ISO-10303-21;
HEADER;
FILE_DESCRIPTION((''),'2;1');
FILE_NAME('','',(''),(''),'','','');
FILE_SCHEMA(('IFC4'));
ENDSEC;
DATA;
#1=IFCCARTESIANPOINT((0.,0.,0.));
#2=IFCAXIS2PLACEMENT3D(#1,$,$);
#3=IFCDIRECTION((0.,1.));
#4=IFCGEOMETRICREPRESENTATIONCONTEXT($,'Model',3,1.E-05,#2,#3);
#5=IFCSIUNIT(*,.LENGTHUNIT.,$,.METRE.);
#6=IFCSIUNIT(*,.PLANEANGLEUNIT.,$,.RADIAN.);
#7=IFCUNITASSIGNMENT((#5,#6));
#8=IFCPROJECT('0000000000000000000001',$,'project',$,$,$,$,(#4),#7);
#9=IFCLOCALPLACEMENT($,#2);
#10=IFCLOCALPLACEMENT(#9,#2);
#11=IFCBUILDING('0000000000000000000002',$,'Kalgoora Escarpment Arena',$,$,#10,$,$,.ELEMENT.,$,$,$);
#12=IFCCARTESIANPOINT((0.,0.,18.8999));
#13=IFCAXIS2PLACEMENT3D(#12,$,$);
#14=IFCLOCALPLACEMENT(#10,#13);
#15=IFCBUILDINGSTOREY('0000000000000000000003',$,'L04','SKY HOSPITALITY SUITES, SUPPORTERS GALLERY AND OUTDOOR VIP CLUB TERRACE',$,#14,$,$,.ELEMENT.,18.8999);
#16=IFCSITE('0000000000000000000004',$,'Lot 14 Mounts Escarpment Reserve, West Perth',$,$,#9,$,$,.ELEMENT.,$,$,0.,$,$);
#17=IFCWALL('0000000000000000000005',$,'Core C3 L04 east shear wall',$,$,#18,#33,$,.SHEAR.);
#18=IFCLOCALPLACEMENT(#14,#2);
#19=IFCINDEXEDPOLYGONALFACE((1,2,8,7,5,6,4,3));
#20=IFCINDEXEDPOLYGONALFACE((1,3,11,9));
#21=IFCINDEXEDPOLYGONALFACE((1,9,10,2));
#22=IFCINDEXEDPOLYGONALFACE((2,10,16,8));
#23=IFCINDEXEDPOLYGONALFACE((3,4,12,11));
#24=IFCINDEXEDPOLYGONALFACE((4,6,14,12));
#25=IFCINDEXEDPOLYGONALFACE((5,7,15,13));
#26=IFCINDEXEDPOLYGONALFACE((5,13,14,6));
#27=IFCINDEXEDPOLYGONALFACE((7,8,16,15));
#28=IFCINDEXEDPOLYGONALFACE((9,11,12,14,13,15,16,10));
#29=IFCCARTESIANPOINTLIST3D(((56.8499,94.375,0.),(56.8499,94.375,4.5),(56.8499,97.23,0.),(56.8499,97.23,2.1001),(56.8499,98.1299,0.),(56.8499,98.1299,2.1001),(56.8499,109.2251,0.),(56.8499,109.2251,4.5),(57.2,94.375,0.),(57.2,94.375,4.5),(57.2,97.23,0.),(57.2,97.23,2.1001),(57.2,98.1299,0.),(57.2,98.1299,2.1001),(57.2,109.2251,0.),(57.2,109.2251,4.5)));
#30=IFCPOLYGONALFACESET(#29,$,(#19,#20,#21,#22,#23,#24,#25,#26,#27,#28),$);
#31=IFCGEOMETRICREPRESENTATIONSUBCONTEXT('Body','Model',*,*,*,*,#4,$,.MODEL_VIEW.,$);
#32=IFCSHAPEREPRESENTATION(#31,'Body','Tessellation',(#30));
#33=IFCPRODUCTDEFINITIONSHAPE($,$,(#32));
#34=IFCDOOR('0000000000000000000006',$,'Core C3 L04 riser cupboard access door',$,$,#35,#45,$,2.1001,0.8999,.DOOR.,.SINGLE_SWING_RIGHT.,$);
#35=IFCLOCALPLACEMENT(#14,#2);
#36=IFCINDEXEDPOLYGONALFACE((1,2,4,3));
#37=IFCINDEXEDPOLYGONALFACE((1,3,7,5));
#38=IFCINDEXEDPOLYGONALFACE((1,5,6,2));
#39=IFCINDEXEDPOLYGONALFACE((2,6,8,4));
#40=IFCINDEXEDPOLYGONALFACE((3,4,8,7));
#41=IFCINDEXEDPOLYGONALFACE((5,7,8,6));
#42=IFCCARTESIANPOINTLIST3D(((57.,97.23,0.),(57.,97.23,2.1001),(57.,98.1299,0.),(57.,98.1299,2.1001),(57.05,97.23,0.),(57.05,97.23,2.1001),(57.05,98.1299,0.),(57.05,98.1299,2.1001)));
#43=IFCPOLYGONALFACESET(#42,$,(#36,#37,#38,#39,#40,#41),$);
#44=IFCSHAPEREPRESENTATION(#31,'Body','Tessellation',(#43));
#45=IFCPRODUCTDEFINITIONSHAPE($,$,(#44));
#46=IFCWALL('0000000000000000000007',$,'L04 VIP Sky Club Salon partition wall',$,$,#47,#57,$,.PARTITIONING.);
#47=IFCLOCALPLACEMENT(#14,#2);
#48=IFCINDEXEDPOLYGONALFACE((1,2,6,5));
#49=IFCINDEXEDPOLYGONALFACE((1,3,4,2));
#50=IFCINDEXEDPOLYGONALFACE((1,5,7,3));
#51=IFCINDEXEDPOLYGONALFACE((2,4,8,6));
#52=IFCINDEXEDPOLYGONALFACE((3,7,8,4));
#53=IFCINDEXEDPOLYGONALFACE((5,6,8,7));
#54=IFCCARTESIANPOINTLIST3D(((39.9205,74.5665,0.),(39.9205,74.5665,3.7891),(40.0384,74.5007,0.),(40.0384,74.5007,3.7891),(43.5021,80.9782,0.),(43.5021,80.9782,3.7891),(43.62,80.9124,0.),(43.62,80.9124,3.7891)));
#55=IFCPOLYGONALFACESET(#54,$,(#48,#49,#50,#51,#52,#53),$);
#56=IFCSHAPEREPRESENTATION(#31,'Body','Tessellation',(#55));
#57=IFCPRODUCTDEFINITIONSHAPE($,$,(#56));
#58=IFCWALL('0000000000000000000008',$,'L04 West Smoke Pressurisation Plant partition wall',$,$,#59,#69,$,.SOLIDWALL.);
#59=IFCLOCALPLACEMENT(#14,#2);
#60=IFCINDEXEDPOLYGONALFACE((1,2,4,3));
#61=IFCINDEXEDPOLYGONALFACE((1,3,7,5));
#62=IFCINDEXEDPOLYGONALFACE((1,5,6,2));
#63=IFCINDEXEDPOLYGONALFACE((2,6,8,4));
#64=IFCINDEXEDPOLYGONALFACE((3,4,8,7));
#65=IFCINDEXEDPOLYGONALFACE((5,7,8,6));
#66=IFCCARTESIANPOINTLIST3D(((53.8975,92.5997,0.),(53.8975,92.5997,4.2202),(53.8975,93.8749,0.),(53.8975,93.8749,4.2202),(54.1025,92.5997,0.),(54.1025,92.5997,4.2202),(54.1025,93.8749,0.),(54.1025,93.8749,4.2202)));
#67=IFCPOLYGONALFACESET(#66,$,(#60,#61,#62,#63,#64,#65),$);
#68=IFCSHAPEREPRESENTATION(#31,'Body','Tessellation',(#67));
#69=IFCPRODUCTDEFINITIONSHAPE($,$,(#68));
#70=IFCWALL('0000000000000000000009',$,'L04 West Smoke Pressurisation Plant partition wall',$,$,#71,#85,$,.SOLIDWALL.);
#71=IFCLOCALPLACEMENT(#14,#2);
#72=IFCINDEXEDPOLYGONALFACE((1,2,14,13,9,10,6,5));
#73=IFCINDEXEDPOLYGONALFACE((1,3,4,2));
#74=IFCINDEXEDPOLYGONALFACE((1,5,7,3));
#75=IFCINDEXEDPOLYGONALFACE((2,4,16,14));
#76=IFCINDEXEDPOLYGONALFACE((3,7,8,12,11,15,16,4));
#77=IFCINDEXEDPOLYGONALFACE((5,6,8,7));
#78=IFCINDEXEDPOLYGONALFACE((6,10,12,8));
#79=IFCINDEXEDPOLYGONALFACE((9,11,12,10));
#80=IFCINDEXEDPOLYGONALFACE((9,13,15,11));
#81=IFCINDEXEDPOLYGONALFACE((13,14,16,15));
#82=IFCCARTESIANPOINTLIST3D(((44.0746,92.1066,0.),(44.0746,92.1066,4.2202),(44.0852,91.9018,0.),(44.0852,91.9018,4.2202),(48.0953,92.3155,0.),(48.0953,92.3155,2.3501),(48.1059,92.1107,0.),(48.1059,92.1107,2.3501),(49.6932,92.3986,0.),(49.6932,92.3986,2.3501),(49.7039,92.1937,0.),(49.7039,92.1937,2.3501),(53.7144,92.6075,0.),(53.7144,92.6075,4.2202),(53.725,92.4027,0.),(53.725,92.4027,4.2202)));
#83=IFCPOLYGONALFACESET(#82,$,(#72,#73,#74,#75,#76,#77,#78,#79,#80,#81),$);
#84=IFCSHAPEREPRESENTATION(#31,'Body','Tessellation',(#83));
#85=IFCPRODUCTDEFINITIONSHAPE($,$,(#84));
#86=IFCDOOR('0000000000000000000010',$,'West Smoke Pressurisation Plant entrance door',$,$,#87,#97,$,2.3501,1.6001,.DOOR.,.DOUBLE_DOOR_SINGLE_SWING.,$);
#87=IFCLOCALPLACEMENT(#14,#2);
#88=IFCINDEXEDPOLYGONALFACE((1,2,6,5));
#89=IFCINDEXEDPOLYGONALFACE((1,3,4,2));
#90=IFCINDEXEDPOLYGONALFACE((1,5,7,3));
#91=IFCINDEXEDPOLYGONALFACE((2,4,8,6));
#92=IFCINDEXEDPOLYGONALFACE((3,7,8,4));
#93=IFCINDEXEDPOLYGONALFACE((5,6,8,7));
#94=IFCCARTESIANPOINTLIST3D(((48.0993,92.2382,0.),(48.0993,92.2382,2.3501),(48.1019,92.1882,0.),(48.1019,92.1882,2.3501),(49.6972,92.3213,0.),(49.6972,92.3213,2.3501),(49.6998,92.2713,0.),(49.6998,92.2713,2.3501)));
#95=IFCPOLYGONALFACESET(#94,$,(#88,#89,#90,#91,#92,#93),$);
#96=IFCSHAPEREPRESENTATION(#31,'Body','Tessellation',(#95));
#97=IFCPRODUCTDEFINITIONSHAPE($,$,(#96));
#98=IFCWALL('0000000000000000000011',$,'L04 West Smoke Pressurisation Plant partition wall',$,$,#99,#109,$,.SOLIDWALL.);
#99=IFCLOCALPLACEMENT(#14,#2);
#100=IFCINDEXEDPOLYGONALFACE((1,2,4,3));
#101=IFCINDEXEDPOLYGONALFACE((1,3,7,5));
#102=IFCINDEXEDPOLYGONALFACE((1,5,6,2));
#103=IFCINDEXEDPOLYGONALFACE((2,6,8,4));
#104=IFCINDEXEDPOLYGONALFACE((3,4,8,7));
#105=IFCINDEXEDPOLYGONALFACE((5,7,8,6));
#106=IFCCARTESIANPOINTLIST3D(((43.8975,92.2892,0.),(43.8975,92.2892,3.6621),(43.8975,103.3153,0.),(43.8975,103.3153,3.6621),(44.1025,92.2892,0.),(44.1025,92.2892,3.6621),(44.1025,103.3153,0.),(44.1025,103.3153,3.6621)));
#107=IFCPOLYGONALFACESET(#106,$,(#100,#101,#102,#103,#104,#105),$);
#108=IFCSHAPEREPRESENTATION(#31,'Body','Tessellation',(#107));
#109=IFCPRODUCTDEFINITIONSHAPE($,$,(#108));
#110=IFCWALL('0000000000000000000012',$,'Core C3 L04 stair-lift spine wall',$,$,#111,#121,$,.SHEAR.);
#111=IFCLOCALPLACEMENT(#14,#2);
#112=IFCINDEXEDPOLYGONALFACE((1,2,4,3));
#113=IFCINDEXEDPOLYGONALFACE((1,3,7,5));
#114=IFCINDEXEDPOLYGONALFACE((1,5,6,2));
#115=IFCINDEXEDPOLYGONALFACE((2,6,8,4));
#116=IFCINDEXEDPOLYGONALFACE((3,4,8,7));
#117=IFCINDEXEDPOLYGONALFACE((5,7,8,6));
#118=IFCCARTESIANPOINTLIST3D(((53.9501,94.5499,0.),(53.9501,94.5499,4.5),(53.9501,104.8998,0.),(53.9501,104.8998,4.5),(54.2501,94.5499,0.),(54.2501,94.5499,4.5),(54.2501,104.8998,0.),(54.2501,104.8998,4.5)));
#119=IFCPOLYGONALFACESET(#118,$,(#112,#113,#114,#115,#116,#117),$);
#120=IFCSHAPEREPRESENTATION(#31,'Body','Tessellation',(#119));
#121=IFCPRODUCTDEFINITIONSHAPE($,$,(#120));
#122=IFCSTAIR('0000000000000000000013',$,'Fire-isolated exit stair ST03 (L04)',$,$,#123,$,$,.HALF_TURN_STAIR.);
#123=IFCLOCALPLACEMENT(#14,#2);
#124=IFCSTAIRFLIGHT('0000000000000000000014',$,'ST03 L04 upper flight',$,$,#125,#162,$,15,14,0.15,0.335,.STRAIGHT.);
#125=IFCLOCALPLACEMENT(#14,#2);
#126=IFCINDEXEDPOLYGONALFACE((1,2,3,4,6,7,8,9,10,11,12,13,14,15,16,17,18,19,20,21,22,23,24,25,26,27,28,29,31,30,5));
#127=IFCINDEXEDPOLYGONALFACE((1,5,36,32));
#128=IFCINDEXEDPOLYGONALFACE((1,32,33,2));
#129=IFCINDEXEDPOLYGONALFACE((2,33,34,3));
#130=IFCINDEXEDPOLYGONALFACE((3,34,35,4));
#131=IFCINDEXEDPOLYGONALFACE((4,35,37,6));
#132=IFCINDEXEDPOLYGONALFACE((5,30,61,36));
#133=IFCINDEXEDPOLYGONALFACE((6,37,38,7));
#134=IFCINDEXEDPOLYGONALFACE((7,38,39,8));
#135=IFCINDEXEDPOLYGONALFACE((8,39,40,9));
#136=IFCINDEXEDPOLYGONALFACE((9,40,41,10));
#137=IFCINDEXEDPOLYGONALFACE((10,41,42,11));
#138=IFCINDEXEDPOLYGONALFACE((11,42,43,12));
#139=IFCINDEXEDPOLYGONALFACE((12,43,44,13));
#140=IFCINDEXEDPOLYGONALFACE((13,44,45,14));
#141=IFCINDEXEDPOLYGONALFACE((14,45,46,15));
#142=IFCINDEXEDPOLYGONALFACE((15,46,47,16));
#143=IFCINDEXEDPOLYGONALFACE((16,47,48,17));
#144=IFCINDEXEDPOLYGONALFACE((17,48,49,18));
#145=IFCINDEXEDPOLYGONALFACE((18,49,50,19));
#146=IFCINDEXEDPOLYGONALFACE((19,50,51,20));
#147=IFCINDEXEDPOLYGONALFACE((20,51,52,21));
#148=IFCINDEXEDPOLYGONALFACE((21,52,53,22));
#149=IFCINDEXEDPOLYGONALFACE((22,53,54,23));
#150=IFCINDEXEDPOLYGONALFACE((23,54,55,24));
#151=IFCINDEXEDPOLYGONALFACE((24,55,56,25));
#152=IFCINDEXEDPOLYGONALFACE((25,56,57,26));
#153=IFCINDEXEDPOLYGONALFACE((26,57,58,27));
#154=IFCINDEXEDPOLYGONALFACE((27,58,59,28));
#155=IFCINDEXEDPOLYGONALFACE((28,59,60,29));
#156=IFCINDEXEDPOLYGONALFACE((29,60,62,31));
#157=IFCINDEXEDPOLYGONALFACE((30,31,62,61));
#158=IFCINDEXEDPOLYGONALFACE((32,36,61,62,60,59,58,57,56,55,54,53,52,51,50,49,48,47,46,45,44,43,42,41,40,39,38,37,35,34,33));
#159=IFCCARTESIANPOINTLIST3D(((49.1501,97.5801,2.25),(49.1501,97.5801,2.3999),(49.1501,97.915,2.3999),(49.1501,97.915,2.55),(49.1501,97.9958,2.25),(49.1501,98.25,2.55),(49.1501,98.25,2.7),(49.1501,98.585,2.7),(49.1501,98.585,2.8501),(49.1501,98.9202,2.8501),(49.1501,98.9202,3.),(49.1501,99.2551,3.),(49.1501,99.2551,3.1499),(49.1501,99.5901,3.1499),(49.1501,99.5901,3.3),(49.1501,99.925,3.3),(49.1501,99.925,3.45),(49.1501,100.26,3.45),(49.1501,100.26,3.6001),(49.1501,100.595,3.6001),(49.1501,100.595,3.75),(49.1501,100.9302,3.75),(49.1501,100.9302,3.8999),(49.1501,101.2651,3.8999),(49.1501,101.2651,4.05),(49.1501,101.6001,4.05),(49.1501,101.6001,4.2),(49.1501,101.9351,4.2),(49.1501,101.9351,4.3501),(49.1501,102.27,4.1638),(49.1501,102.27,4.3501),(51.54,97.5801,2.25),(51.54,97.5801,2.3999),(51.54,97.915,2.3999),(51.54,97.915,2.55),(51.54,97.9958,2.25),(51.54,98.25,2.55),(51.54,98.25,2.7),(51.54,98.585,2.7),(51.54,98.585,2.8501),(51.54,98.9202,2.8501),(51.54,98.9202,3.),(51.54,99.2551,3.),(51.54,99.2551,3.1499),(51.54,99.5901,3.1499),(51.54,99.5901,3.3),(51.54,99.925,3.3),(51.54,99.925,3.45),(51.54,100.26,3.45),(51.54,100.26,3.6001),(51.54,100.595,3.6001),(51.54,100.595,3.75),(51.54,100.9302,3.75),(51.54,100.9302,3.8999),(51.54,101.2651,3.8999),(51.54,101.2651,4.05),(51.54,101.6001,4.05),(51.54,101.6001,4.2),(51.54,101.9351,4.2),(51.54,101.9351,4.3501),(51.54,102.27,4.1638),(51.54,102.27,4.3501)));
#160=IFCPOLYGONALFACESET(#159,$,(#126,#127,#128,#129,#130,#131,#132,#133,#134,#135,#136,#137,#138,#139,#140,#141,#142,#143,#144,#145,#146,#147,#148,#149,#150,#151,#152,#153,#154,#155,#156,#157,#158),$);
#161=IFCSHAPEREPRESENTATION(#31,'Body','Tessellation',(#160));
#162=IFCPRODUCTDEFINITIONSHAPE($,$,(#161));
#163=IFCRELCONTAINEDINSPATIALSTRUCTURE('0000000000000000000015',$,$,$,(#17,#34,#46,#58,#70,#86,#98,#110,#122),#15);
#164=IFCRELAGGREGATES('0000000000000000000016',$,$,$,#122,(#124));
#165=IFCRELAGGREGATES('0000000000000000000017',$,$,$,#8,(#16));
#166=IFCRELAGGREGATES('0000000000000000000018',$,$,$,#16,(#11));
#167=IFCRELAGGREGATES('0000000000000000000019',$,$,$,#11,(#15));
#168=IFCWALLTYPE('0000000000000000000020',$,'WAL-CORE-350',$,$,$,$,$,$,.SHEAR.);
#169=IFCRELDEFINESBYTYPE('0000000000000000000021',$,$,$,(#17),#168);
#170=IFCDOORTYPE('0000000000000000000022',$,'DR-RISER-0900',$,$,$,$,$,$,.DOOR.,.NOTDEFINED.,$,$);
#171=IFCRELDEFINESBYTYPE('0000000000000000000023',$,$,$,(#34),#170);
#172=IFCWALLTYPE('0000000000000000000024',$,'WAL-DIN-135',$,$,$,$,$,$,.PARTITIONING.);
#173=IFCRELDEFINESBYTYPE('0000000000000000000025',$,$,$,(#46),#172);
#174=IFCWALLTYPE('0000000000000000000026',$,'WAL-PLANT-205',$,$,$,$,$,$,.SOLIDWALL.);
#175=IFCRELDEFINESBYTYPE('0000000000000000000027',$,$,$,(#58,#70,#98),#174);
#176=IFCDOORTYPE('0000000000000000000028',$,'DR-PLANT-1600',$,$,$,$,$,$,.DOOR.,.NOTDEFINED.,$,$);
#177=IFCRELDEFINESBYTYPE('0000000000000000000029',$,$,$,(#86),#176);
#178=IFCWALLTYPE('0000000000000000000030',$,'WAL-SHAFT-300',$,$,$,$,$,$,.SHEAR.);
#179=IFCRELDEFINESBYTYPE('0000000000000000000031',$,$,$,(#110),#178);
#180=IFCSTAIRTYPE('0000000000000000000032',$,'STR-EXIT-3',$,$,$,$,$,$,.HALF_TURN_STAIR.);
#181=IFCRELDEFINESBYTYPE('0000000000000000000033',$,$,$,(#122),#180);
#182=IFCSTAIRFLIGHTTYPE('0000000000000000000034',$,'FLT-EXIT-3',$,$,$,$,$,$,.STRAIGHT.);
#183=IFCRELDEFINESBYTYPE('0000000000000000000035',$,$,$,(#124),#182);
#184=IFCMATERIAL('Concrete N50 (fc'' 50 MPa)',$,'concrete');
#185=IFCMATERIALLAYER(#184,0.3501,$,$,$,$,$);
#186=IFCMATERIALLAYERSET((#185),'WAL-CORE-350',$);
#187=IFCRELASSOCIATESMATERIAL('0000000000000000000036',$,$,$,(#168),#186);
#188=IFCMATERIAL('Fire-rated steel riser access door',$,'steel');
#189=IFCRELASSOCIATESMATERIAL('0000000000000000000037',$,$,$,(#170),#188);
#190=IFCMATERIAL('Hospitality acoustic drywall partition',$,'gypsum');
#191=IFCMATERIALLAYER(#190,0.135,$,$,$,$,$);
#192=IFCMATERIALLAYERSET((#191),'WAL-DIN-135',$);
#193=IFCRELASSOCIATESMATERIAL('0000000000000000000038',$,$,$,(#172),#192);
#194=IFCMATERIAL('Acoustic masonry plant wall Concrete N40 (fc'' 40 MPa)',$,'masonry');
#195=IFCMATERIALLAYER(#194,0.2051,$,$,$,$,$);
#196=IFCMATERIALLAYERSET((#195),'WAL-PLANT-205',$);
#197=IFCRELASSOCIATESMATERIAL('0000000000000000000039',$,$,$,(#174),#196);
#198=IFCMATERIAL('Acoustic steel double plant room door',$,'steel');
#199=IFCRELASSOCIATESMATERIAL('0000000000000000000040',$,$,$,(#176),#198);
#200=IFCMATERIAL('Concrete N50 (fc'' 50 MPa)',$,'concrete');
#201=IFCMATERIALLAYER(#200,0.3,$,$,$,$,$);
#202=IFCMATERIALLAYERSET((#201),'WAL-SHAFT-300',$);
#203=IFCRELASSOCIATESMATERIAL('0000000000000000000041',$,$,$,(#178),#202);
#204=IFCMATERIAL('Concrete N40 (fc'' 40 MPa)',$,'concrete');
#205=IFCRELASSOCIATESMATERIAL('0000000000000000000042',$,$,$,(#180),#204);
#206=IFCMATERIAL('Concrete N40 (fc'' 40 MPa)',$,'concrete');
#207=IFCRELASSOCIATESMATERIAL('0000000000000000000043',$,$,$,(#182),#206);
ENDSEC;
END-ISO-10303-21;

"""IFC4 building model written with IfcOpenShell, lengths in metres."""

from ifc_helpers import new_model, si_unit, direction, frame, frame_2d, origin, place, context, subcontext, project, spatial, polyline, rectangle, outline, extrude, material, layer, layer_set, type_object, element, fill, aggregate, save


model = new_model("IFC4")

# Units and contexts
model_context = context("Model", 3, precision=1e-05, world=origin(), true_north=direction((0.0, 1.0)))
body_context = subcontext(model_context, "Body", "Model", "MODEL_VIEW")
ifc_project = project(units=[si_unit("LENGTHUNIT", "METRE"), si_unit("PLANEANGLEUNIT", "RADIAN")], contexts=[model_context])

# Site, building, storey
site_placement = place(None, origin())
site = spatial("IfcSite", under=ifc_project, at=site_placement, Name="Lot 14 Mounts Escarpment Reserve, West Perth", CompositionType="ELEMENT", RefElevation=0.0)
building_placement = place(site_placement, origin())
building = spatial("IfcBuilding", under=site, at=building_placement, Name="Kalgoora Escarpment Arena", CompositionType="ELEMENT")
storey_placement = place(building_placement, frame((0.0, 0.0, 18.8999)))
storey = spatial("IfcBuildingStorey", under=building, at=storey_placement, Name="L04", Description="SKY HOSPITALITY SUITES, SUPPORTERS GALLERY AND OUTDOOR VIP CLUB TERRACE", CompositionType="ELEMENT", Elevation=18.8999)

# Shared definitions
ifc_material_1 = material(Name="Concrete N50 (fc' 50 MPa)", Category="concrete")
ifc_layer_1 = layer(ifc_material_1, 0.3501)
ifc_layer_set_1 = layer_set([ifc_layer_1], Name="WAL-CORE-350")
wall_type_1 = type_object("IfcWallType", Name="WAL-CORE-350", PredefinedType="SHEAR", material=ifc_layer_set_1)

# Wall, opening, door
wall_1_placement = place(storey_placement, frame((57.0249, 94.375, 0.0), z_axis=(0.0, 0.0, 1.0), x_axis=(0.0, 1.0, 0.0)))
wall_1 = element("IfcWall", 1, at=wall_1_placement, inside=storey, type_object=wall_type_1, Name="Core C3 L04 east shear wall", PredefinedType="SHEAR", context=body_context, shape_type="SweptSolid", body=[
    extrude(rectangle(XDim=14.8501, YDim=0.3501, at=frame_2d((7.425, 0.0))), origin(), (0.0, 0.0, 1.0), 4.5),
])
opening_1_placement = place(wall_1_placement, frame((2.855, 0.0, 0.0)))
opening_1 = element("IfcOpeningElement", 2, at=opening_1_placement, cuts=wall_1, PredefinedType="OPENING", context=body_context, shape_type="SweptSolid", body=[
    extrude(rectangle(XDim=0.8999, YDim=2.1001, at=frame_2d((0.45, 1.05))), frame((0.0, 0.1851, 0.0), z_axis=(0.0, -1.0, 0.0), x_axis=(1.0, 0.0, 0.0)), (0.0, 0.0, 1.0), 0.3701),
])
ifc_material_2 = material(Name="Fire-rated steel riser access door", Category="steel")
door_type_1 = type_object("IfcDoorType", Name="DR-RISER-0900", OperationType="NOTDEFINED", PredefinedType="DOOR", material=ifc_material_2)
door_1_placement = place(opening_1_placement, origin())
door_1 = element("IfcDoor", 3, at=door_1_placement, inside=storey, type_object=door_type_1, Name="Core C3 L04 riser cupboard access door", OperationType="SINGLE_SWING_RIGHT", OverallHeight=2.1001, OverallWidth=0.8999, PredefinedType="DOOR", context=body_context, shape_type="SweptSolid", body=[
    extrude(rectangle(XDim=0.8999, YDim=2.1001, at=frame_2d((0.45, 1.05))), frame((0.0, 0.0249, 0.0), z_axis=(0.0, -1.0, 0.0), x_axis=(1.0, 0.0, 0.0)), (0.0, 0.0, 1.0), 0.05),
])
fill(opening_1, door_1)

# Wall
ifc_material_3 = material(Name="Hospitality acoustic drywall partition", Category="gypsum")
ifc_layer_2 = layer(ifc_material_3, 0.135)
ifc_layer_set_2 = layer_set([ifc_layer_2], Name="WAL-DIN-135")
wall_type_2 = type_object("IfcWallType", Name="WAL-DIN-135", PredefinedType="PARTITIONING", material=ifc_layer_set_2)
wall_2_placement = place(storey_placement, frame((43.561, 80.9453, 0.0), z_axis=(0.0, 0.0, 1.0), x_axis=(-0.487674, -0.873026, 0.0)))
element("IfcWall", 4, at=wall_2_placement, inside=storey, type_object=wall_type_2, Name="L04 VIP Sky Club Salon partition wall", PredefinedType="PARTITIONING", context=body_context, shape_type="SweptSolid", body=[
    extrude(rectangle(XDim=7.3442, YDim=0.135, at=frame_2d((3.6721, 0.0))), origin(), (0.0, 0.0, 1.0), 3.7891),
])

# Wall
ifc_material_4 = material(Name="Acoustic masonry plant wall Concrete N40 (fc' 40 MPa)", Category="masonry")
ifc_layer_3 = layer(ifc_material_4, 0.2051)
ifc_layer_set_3 = layer_set([ifc_layer_3], Name="WAL-PLANT-205")
wall_type_3 = type_object("IfcWallType", Name="WAL-PLANT-205", PredefinedType="SOLIDWALL", material=ifc_layer_set_3)
wall_3_placement = place(storey_placement, frame((54.0, 93.875, 0.0), z_axis=(0.0, 0.0, 1.0), x_axis=(0.0, -1.0, 0.0)))
element("IfcWall", 5, at=wall_3_placement, inside=storey, type_object=wall_type_3, Name="L04 West Smoke Pressurisation Plant partition wall", PredefinedType="SOLIDWALL", context=body_context, shape_type="SweptSolid", body=[
    extrude(rectangle(XDim=1.2751, YDim=0.2051, at=frame_2d((0.6377, 0.0))), origin(), (0.0, 0.0, 1.0), 4.2202),
])

# Wall, opening, door
wall_4_placement = place(storey_placement, frame((53.7197, 92.5051, 0.0), z_axis=(0.0, 0.0, 1.0), x_axis=(-0.998652, -0.051899, 0.0)))
wall_4 = element("IfcWall", 6, at=wall_4_placement, inside=storey, type_object=wall_type_3, Name="L04 West Smoke Pressurisation Plant partition wall", PredefinedType="SOLIDWALL", context=body_context, shape_type="SweptSolid", body=[
    extrude(rectangle(XDim=9.6528, YDim=0.2051, at=frame_2d((4.8264, 0.0))), origin(), (0.0, 0.0, 1.0), 4.2202),
])
opening_2_placement = place(wall_4_placement, frame((4.0266, 0.0, 0.0)))
opening_2 = element("IfcOpeningElement", 7, at=opening_2_placement, cuts=wall_4, PredefinedType="OPENING", context=body_context, shape_type="SweptSolid", body=[
    extrude(rectangle(XDim=1.6001, YDim=2.3501, at=frame_2d((0.8, 1.175))), frame((0.0, 0.1125, 0.0), z_axis=(0.0, -1.0, 0.0), x_axis=(1.0, 0.0, 0.0)), (0.0, 0.0, 1.0), 0.2251),
])
ifc_material_5 = material(Name="Acoustic steel double plant room door", Category="steel")
door_type_2 = type_object("IfcDoorType", Name="DR-PLANT-1600", OperationType="NOTDEFINED", PredefinedType="DOOR", material=ifc_material_5)
door_2_placement = place(opening_2_placement, origin())
door_2 = element("IfcDoor", 8, at=door_2_placement, inside=storey, type_object=door_type_2, Name="West Smoke Pressurisation Plant entrance door", OperationType="DOUBLE_DOOR_SINGLE_SWING", OverallHeight=2.3501, OverallWidth=1.6001, PredefinedType="DOOR", context=body_context, shape_type="SweptSolid", body=[
    extrude(rectangle(XDim=1.6001, YDim=2.3501, at=frame_2d((0.8, 1.175))), frame((0.0, 0.0249, 0.0), z_axis=(0.0, -1.0, 0.0), x_axis=(1.0, 0.0, 0.0)), (0.0, 0.0, 1.0), 0.05),
])
fill(opening_2, door_2)

# Walls
wall_5_placement = place(storey_placement, frame((44.0, 92.2891, 0.0), z_axis=(0.0, 0.0, 1.0), x_axis=(0.0, 1.0, 0.0)))
element("IfcWall", 9, at=wall_5_placement, inside=storey, type_object=wall_type_3, Name="L04 West Smoke Pressurisation Plant partition wall", PredefinedType="SOLIDWALL", context=body_context, shape_type="SweptSolid", body=[
    extrude(rectangle(XDim=11.0261, YDim=0.2051, at=frame_2d((5.5132, 0.0))), origin(), (0.0, 0.0, 1.0), 3.6621),
])
ifc_material_6 = material(Name="Concrete N50 (fc' 50 MPa)", Category="concrete")
ifc_layer_4 = layer(ifc_material_6, 0.3)
ifc_layer_set_4 = layer_set([ifc_layer_4], Name="WAL-SHAFT-300")
wall_type_4 = type_object("IfcWallType", Name="WAL-SHAFT-300", PredefinedType="SHEAR", material=ifc_layer_set_4)
wall_6_placement = place(storey_placement, frame((54.1001, 94.55, 0.0), z_axis=(0.0, 0.0, 1.0), x_axis=(0.0, 1.0, 0.0)))
element("IfcWall", 10, at=wall_6_placement, inside=storey, type_object=wall_type_4, Name="Core C3 L04 stair-lift spine wall", PredefinedType="SHEAR", context=body_context, shape_type="SweptSolid", body=[
    extrude(rectangle(XDim=10.3499, YDim=0.3, at=frame_2d((5.1748, 0.0))), origin(), (0.0, 0.0, 1.0), 4.5),
])

# Stair, stair flight
ifc_material_7 = material(Name="Concrete N40 (fc' 40 MPa)", Category="concrete")
stair_type = type_object("IfcStairType", Name="STR-EXIT-3", PredefinedType="HALF_TURN_STAIR", material=ifc_material_7)
stair_placement = place(storey_placement, origin())
stair = element("IfcStair", 11, at=stair_placement, inside=storey, type_object=stair_type, Name="Fire-isolated exit stair ST03 (L04)", PredefinedType="HALF_TURN_STAIR")
ifc_material_8 = material(Name="Concrete N40 (fc' 40 MPa)", Category="concrete")
stair_flight_type = type_object("IfcStairFlightType", Name="FLT-EXIT-3", PredefinedType="STRAIGHT", material=ifc_material_8)
stair_flight_placement = place(storey_placement, frame((50.345, 97.5801, 2.25), z_axis=(0.0, 0.0, 1.0), x_axis=(0.0, 1.0, 0.0)))
stair_flight = element("IfcStairFlight", 12, at=stair_flight_placement, type_object=stair_flight_type, Name="ST03 L04 upper flight", NumberOfRisers=15, NumberOfTreads=14, PredefinedType="STRAIGHT", RiserHeight=0.15, TreadLength=0.335, context=body_context, shape_type="SweptSolid", body=[
    extrude(outline(polyline([(0.0, 0.0), (0.0, 0.1499), (0.335, 0.1499), (0.335, 0.3), (0.6699, 0.3), (0.6699, 0.45), (1.0049, 0.45), (1.0049, 0.6001), (1.3401, 0.6001), (1.3401, 0.75), (1.675, 0.75), (1.675, 0.8999), (2.01, 0.8999), (2.01, 1.05), (2.345, 1.05), (2.345, 1.2), (2.6799, 1.2), (2.6799, 1.3501), (3.0149, 1.3501), (3.0149, 1.5), (3.3501, 1.5), (3.3501, 1.6499), (3.6851, 1.6499), (3.6851, 1.8), (4.02, 1.8), (4.02, 1.95), (4.355, 1.95), (4.355, 2.1001), (4.6899, 2.1001), (4.6899, 2.25), (4.6899, 1.9138), (0.4158, 0.0), (0.0, 0.0)])), frame((0.0, 1.1948, 0.0), z_axis=(0.0, -1.0, 0.0), x_axis=(1.0, 0.0, 0.0)), (0.0, 0.0, 1.0), 2.3899),
])
aggregate(stair, [stair_flight])

save(model, "model.ifc")
